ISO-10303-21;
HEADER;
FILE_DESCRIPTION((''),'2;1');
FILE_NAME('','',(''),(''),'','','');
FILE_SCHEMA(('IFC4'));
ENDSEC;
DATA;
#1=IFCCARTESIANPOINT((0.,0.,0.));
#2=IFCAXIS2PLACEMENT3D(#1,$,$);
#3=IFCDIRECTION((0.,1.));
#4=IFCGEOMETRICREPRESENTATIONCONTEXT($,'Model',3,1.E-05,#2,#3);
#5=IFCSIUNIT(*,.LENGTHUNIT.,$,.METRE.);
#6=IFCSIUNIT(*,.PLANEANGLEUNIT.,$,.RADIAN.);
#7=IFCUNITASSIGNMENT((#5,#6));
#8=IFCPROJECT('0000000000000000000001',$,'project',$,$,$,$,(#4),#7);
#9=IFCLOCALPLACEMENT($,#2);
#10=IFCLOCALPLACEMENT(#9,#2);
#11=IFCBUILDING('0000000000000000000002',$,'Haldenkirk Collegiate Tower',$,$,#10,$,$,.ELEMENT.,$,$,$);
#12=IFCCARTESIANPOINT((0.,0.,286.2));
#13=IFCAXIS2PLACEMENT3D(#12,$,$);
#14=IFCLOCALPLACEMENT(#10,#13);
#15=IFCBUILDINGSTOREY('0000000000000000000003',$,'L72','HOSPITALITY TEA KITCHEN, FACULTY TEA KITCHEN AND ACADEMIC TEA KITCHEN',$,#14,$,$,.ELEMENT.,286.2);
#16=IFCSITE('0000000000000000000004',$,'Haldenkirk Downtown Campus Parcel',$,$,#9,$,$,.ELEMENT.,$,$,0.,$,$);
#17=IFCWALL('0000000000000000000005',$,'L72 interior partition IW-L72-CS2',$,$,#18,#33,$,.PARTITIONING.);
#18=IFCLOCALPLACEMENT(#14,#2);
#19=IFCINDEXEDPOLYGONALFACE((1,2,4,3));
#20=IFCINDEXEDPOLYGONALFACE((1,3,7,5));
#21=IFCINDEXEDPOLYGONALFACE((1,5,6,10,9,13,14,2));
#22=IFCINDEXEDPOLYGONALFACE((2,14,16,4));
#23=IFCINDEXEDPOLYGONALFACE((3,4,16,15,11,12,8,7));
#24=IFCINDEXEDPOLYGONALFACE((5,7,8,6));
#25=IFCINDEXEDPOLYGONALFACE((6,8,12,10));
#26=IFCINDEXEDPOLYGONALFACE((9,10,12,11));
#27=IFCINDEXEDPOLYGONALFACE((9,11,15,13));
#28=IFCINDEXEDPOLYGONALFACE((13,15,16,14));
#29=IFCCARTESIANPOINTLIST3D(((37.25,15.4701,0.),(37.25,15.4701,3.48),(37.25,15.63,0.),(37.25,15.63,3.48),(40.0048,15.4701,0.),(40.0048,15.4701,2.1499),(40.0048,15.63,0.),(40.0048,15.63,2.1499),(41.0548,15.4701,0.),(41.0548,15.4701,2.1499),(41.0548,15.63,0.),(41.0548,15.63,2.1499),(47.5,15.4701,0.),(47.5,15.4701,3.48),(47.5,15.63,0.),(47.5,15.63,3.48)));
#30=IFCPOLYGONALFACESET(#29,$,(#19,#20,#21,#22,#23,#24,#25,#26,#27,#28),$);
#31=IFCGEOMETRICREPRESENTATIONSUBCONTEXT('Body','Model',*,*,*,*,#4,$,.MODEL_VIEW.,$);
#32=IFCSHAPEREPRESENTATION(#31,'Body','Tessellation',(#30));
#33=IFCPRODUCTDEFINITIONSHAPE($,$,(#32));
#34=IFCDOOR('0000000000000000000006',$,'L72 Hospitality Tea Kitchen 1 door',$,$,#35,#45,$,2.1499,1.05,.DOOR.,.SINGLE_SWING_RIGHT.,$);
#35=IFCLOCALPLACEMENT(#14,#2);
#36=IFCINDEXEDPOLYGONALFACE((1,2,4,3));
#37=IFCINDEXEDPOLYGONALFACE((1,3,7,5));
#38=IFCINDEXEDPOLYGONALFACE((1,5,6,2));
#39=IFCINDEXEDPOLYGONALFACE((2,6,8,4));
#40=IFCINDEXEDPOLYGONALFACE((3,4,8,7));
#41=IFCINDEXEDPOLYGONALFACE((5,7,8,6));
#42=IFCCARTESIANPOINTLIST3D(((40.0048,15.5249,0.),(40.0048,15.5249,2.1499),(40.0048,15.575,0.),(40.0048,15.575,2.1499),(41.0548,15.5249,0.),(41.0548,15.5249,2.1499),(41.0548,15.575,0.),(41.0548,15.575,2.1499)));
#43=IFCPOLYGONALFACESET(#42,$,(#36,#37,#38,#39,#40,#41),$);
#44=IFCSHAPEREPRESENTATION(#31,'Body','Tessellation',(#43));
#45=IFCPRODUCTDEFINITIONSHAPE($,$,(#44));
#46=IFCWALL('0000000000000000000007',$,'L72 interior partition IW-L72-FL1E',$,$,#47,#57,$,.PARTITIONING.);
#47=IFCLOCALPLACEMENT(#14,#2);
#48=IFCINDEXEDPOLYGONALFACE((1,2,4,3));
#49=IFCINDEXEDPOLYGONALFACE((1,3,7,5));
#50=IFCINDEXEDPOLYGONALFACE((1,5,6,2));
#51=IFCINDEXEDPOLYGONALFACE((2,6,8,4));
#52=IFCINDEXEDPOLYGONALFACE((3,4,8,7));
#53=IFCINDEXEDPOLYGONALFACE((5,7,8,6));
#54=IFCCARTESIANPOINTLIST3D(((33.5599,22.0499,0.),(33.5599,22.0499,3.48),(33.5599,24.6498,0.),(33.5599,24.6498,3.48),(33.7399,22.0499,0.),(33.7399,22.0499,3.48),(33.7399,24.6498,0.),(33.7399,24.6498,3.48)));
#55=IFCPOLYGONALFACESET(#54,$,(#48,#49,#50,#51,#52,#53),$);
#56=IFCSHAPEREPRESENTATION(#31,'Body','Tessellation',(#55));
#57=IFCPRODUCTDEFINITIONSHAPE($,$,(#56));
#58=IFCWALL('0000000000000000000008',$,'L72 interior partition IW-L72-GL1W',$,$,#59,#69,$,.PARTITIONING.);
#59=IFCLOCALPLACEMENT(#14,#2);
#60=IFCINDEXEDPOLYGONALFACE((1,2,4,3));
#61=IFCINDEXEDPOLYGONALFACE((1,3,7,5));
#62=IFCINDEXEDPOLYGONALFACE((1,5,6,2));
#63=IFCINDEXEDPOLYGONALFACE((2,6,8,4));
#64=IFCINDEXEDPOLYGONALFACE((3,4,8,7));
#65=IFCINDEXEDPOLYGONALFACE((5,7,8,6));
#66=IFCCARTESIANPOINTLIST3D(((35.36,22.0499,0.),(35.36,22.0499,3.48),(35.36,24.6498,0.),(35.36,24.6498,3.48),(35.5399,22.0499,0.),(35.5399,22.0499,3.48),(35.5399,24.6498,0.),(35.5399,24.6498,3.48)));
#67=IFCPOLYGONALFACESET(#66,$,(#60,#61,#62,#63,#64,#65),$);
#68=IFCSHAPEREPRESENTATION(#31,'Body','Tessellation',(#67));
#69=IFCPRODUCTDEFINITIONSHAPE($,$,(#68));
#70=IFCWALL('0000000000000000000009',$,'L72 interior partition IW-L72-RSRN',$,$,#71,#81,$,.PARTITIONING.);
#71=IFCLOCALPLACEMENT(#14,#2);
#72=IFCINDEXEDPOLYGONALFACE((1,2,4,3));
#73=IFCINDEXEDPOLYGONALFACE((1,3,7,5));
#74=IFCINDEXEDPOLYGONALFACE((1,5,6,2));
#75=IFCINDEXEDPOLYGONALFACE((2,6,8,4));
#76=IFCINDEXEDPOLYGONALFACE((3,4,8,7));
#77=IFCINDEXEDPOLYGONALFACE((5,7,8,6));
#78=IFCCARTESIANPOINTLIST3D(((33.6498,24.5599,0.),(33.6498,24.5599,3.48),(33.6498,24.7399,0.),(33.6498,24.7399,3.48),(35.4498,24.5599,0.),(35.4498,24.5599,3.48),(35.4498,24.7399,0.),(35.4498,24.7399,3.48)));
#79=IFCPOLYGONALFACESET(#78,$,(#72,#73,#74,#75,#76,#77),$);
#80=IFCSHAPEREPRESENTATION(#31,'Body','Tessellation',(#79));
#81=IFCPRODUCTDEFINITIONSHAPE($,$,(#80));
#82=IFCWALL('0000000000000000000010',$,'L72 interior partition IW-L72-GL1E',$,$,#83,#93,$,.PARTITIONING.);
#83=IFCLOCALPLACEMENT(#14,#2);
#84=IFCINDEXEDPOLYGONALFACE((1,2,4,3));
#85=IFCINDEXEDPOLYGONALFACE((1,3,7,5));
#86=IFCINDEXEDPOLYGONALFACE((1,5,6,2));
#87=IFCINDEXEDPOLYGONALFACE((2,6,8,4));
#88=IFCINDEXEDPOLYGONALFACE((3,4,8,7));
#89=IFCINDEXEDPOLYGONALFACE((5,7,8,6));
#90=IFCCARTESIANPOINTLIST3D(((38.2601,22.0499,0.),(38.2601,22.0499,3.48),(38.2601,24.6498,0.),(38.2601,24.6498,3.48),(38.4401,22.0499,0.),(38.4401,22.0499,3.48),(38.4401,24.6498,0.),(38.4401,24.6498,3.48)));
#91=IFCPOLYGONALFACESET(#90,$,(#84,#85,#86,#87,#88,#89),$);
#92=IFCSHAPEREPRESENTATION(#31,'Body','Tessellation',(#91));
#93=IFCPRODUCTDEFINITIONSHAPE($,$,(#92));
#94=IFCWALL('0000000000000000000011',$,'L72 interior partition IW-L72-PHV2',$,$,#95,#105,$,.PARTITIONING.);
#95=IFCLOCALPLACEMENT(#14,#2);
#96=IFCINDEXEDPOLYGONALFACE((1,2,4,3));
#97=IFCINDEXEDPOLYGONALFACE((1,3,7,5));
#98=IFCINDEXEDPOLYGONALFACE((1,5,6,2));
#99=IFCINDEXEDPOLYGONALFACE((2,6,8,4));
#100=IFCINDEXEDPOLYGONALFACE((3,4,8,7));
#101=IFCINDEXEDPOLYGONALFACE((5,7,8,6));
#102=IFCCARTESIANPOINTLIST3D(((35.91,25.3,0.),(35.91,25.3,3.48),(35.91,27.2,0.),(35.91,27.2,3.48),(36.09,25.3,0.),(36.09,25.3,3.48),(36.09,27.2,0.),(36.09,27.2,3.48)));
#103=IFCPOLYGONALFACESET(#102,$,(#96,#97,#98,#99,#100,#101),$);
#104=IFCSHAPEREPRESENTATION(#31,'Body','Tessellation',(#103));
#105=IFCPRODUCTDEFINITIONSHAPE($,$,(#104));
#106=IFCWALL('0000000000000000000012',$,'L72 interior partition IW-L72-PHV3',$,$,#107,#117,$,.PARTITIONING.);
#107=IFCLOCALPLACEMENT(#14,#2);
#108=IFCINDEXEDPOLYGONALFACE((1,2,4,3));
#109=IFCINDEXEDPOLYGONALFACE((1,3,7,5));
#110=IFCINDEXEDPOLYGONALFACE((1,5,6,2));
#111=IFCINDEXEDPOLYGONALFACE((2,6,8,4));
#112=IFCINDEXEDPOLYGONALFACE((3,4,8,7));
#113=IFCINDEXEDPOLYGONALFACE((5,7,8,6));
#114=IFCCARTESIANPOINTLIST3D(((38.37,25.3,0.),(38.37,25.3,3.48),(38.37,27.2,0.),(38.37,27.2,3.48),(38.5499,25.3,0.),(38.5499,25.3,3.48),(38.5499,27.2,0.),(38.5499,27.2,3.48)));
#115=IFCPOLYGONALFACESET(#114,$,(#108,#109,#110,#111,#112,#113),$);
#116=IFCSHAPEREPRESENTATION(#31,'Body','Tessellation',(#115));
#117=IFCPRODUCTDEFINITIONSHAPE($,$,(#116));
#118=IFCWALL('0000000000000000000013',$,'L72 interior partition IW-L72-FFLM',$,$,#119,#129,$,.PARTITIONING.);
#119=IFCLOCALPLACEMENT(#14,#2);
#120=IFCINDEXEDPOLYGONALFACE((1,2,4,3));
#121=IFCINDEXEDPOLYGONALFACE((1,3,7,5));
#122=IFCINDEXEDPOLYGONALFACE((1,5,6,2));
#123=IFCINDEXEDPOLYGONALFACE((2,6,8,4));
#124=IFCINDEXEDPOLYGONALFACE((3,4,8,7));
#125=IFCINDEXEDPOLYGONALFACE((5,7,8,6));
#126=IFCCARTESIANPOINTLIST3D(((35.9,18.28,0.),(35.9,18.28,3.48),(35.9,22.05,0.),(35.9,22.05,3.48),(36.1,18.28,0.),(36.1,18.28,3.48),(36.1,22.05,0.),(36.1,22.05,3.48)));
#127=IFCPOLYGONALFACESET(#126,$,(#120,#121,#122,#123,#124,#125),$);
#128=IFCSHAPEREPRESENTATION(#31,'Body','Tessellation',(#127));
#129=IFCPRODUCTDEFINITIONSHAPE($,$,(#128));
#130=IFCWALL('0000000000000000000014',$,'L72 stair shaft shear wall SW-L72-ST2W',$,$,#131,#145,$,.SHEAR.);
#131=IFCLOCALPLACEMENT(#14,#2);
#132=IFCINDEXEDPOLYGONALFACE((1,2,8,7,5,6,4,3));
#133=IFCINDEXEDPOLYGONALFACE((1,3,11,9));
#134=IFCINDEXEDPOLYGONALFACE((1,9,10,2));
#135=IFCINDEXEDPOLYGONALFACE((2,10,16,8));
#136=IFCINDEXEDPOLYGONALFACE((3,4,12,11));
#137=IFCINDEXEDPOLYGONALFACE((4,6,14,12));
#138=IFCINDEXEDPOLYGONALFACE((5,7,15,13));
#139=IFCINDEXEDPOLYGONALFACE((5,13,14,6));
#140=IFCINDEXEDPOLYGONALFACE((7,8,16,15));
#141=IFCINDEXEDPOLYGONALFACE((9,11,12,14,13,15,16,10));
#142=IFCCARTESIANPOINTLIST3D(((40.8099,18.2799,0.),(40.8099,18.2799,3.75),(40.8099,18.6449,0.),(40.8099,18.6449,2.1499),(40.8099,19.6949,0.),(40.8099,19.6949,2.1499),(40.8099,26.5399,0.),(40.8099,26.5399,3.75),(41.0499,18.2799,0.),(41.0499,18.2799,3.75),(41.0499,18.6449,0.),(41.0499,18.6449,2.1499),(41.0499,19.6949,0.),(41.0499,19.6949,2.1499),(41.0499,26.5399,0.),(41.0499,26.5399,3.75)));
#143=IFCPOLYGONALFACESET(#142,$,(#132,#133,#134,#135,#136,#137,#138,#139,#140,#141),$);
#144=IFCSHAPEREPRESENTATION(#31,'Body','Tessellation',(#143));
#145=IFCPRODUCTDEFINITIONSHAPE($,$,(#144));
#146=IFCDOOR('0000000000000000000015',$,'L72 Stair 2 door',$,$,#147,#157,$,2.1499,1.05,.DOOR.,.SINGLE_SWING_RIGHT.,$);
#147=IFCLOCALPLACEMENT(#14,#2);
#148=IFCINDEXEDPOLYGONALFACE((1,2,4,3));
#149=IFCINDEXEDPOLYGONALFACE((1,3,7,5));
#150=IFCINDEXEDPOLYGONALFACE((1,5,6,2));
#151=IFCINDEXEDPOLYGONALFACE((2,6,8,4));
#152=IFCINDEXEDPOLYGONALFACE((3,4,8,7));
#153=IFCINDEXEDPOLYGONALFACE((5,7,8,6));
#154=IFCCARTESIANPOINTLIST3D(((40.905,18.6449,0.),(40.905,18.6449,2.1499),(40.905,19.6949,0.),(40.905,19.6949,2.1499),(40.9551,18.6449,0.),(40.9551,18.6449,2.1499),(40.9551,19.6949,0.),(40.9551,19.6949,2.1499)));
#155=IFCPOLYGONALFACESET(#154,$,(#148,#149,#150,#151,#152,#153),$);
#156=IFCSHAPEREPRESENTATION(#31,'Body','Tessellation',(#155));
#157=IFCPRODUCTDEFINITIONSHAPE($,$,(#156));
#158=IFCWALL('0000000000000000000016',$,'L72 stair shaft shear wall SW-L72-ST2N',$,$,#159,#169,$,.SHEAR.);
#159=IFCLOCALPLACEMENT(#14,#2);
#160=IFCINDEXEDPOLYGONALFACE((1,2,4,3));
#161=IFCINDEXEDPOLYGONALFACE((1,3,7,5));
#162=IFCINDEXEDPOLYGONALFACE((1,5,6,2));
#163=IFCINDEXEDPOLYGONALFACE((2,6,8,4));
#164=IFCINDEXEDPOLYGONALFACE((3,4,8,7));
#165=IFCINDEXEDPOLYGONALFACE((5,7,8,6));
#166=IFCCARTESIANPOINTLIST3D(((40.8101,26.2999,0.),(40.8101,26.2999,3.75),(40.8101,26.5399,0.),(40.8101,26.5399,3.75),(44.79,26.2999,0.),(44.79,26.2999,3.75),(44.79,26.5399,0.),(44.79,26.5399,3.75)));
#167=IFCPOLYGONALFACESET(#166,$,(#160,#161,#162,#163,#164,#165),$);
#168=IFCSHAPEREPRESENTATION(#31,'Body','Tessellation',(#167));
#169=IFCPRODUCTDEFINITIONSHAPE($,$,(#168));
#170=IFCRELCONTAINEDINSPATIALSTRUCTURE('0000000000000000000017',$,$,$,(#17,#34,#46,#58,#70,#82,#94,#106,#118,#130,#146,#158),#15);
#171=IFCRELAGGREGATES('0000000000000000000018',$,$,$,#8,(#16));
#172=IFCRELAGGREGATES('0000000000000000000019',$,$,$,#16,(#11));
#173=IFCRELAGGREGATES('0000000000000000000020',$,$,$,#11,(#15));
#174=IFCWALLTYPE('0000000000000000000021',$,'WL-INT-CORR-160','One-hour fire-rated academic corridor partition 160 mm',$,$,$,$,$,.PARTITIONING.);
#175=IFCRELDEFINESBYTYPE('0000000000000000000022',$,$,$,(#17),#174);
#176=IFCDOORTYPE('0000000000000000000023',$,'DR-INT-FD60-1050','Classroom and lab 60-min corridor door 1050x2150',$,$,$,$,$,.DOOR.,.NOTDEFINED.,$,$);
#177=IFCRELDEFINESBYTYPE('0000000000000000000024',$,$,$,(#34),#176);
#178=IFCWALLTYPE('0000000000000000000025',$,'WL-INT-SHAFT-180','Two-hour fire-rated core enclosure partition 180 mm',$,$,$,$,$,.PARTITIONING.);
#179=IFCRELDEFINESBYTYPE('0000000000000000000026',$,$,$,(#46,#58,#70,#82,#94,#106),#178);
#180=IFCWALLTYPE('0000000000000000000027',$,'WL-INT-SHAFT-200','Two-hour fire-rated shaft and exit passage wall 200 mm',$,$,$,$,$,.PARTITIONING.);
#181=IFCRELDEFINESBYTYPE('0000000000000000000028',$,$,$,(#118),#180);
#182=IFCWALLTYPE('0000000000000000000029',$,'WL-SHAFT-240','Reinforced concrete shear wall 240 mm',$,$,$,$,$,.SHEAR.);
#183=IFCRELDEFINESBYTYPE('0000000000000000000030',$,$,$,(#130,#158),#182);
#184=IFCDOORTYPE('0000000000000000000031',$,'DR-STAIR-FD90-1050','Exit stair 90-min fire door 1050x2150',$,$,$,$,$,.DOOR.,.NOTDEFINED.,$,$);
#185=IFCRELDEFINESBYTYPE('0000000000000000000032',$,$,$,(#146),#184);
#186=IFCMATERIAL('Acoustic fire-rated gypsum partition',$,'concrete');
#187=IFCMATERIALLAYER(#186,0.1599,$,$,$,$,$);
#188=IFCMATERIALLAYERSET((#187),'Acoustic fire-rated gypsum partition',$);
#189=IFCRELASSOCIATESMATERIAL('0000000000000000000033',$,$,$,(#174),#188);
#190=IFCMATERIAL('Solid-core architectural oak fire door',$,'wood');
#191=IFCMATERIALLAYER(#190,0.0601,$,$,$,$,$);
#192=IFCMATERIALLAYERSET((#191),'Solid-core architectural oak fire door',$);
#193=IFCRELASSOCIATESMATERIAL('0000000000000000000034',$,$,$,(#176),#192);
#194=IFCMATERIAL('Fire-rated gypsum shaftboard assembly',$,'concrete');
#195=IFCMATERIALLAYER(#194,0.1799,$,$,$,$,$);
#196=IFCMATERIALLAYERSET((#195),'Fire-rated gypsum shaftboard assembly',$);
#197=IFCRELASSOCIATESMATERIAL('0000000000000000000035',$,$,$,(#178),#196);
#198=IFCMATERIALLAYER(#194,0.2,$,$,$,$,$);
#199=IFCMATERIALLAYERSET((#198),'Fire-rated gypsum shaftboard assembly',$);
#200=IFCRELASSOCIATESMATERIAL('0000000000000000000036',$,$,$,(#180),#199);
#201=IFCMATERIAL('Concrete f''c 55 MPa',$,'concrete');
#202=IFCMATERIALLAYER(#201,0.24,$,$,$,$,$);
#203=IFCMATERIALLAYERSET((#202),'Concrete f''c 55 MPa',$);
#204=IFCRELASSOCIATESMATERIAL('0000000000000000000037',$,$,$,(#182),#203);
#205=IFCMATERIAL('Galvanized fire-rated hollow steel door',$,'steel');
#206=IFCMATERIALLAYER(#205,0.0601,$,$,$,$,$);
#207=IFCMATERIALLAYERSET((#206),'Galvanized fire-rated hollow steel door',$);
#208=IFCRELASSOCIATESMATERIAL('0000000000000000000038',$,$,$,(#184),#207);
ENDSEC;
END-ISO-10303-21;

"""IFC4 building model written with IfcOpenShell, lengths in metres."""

from ifc_helpers import new_model, si_unit, direction, frame, frame_2d, origin, place, context, subcontext, project, spatial, rectangle, extrude, material, layer, layer_set, type_object, element, fill, save


model = new_model("IFC4")

# Units and contexts
model_context = context("Model", 3, precision=1e-05, world=origin(), true_north=direction((0.0, 1.0)))
body_context = subcontext(model_context, "Body", "Model", "MODEL_VIEW")
ifc_project = project(units=[si_unit("LENGTHUNIT", "METRE"), si_unit("PLANEANGLEUNIT", "RADIAN")], contexts=[model_context])

# Site, building, storey
site_placement = place(None, origin())
site = spatial("IfcSite", under=ifc_project, at=site_placement, Name="Haldenkirk Downtown Campus Parcel", CompositionType="ELEMENT", RefElevation=0.0)
building_placement = place(site_placement, origin())
building = spatial("IfcBuilding", under=site, at=building_placement, Name="Haldenkirk Collegiate Tower", CompositionType="ELEMENT")
storey_placement = place(building_placement, frame((0.0, 0.0, 286.2)))
storey = spatial("IfcBuildingStorey", under=building, at=storey_placement, Name="L72", Description="HOSPITALITY TEA KITCHEN, FACULTY TEA KITCHEN AND ACADEMIC TEA KITCHEN", CompositionType="ELEMENT", Elevation=286.2)

# Wall, opening, door
ifc_material_1 = material(Name="Acoustic fire-rated gypsum partition", Category="concrete")
ifc_layer_1 = layer(ifc_material_1, 0.1599)
ifc_layer_set_1 = layer_set([ifc_layer_1], Name="Acoustic fire-rated gypsum partition")
wall_type_1 = type_object("IfcWallType", Name="WL-INT-CORR-160", Description="One-hour fire-rated academic corridor partition 160 mm", PredefinedType="PARTITIONING", material=ifc_layer_set_1)
wall_1_placement = place(storey_placement, frame((37.25, 15.55, 0.0), z_axis=(0.0, 0.0, 1.0), x_axis=(1.0, 0.0, 0.0)))
wall_1 = element("IfcWall", 1, at=wall_1_placement, inside=storey, type_object=wall_type_1, Name="L72 interior partition IW-L72-CS2", PredefinedType="PARTITIONING", context=body_context, shape_type="SweptSolid", body=[
    extrude(rectangle(XDim=10.25, YDim=0.1599, at=frame_2d((5.125, 0.0))), origin(), (0.0, 0.0, 1.0), 3.48),
])
opening_1_placement = place(wall_1_placement, frame((2.7549, 0.0, 0.0)))
opening_1 = element("IfcOpeningElement", 2, at=opening_1_placement, cuts=wall_1, PredefinedType="OPENING", context=body_context, shape_type="SweptSolid", body=[
    extrude(rectangle(XDim=1.05, YDim=2.1499, at=frame_2d((0.5249, 1.075))), frame((0.0, 0.0898, 0.0), z_axis=(0.0, -1.0, 0.0), x_axis=(1.0, 0.0, 0.0)), (0.0, 0.0, 1.0), 0.1799),
])
ifc_material_2 = material(Name="Solid-core architectural oak fire door", Category="wood")
ifc_layer_2 = layer(ifc_material_2, 0.0601)
ifc_layer_set_2 = layer_set([ifc_layer_2], Name="Solid-core architectural oak fire door")
door_type_1 = type_object("IfcDoorType", Name="DR-INT-FD60-1050", Description="Classroom and lab 60-min corridor door 1050x2150", OperationType="NOTDEFINED", PredefinedType="DOOR", material=ifc_layer_set_2)
door_1_placement = place(opening_1_placement, origin())
door_1 = element("IfcDoor", 3, at=door_1_placement, inside=storey, type_object=door_type_1, Name="L72 Hospitality Tea Kitchen 1 door", OperationType="SINGLE_SWING_RIGHT", OverallHeight=2.1499, OverallWidth=1.05, PredefinedType="DOOR", context=body_context, shape_type="SweptSolid", body=[
    extrude(rectangle(XDim=1.05, YDim=2.1499, at=frame_2d((0.5249, 1.075))), frame((0.0, 0.0249, 0.0), z_axis=(0.0, -1.0, 0.0), x_axis=(1.0, 0.0, 0.0)), (0.0, 0.0, 1.0), 0.05),
])
fill(opening_1, door_1)

# Walls
ifc_material_3 = material(Name="Fire-rated gypsum shaftboard assembly", Category="concrete")
ifc_layer_3 = layer(ifc_material_3, 0.1799)
ifc_layer_set_3 = layer_set([ifc_layer_3], Name="Fire-rated gypsum shaftboard assembly")
wall_type_2 = type_object("IfcWallType", Name="WL-INT-SHAFT-180", Description="Two-hour fire-rated core enclosure partition 180 mm", PredefinedType="PARTITIONING", material=ifc_layer_set_3)
for number, where, z_axis, x_axis, name in (
    (4, (33.6499, 22.05, 0.0), (0.0, 0.0, 1.0), (0.0, 1.0, 0.0), "L72 interior partition IW-L72-FL1E"),
    (5, (35.45, 22.05, 0.0), (0.0, 0.0, 1.0), (0.0, 1.0, 0.0), "L72 interior partition IW-L72-GL1W"),
):
    element("IfcWall", number, at=place(storey_placement, frame(where, z_axis=z_axis, x_axis=x_axis)), inside=storey, type_object=wall_type_2, Name=name, PredefinedType="PARTITIONING", context=body_context, shape_type="SweptSolid", body=[
        extrude(rectangle(XDim=2.5999, YDim=0.1799, at=frame_2d((1.2998, 0.0))), origin(), (0.0, 0.0, 1.0), 3.48),
    ])
wall_2_placement = place(storey_placement, frame((33.6499, 24.6499, 0.0), z_axis=(0.0, 0.0, 1.0), x_axis=(1.0, 0.0, 0.0)))
element("IfcWall", 6, at=wall_2_placement, inside=storey, type_object=wall_type_2, Name="L72 interior partition IW-L72-RSRN", PredefinedType="PARTITIONING", context=body_context, shape_type="SweptSolid", body=[
    extrude(rectangle(XDim=1.8, YDim=0.1799, at=frame_2d((0.8999, 0.0))), origin(), (0.0, 0.0, 1.0), 3.48),
])
wall_3_placement = place(storey_placement, frame((38.3501, 22.05, 0.0), z_axis=(0.0, 0.0, 1.0), x_axis=(0.0, 1.0, 0.0)))
element("IfcWall", 7, at=wall_3_placement, inside=storey, type_object=wall_type_2, Name="L72 interior partition IW-L72-GL1E", PredefinedType="PARTITIONING", context=body_context, shape_type="SweptSolid", body=[
    extrude(rectangle(XDim=2.5999, YDim=0.1799, at=frame_2d((1.2998, 0.0))), origin(), (0.0, 0.0, 1.0), 3.48),
])
for number, where, z_axis, x_axis, name in (
    (8, (36.0, 25.3, 0.0), (0.0, 0.0, 1.0), (0.0, 1.0, 0.0), "L72 interior partition IW-L72-PHV2"),
    (9, (38.46, 25.3, 0.0), (0.0, 0.0, 1.0), (0.0, 1.0, 0.0), "L72 interior partition IW-L72-PHV3"),
):
    element("IfcWall", number, at=place(storey_placement, frame(where, z_axis=z_axis, x_axis=x_axis)), inside=storey, type_object=wall_type_2, Name=name, PredefinedType="PARTITIONING", context=body_context, shape_type="SweptSolid", body=[
        extrude(rectangle(XDim=1.8999, YDim=0.1799, at=frame_2d((0.95, 0.0))), origin(), (0.0, 0.0, 1.0), 3.48),
    ])
ifc_layer_4 = layer(ifc_material_3, 0.2)
ifc_layer_set_4 = layer_set([ifc_layer_4], Name="Fire-rated gypsum shaftboard assembly")
wall_type_3 = type_object("IfcWallType", Name="WL-INT-SHAFT-200", Description="Two-hour fire-rated shaft and exit passage wall 200 mm", PredefinedType="PARTITIONING", material=ifc_layer_set_4)
wall_4_placement = place(storey_placement, frame((36.0, 18.28, 0.0), z_axis=(0.0, 0.0, 1.0), x_axis=(0.0, 1.0, 0.0)))
element("IfcWall", 10, at=wall_4_placement, inside=storey, type_object=wall_type_3, Name="L72 interior partition IW-L72-FFLM", PredefinedType="PARTITIONING", context=body_context, shape_type="SweptSolid", body=[
    extrude(rectangle(XDim=3.77, YDim=0.2, at=frame_2d((1.885, 0.0))), origin(), (0.0, 0.0, 1.0), 3.48),
])

# Wall, opening, door
ifc_material_4 = material(Name="Concrete f'c 55 MPa", Category="concrete")
ifc_layer_5 = layer(ifc_material_4, 0.24)
ifc_layer_set_5 = layer_set([ifc_layer_5], Name="Concrete f'c 55 MPa")
wall_type_4 = type_object("IfcWallType", Name="WL-SHAFT-240", Description="Reinforced concrete shear wall 240 mm", PredefinedType="SHEAR", material=ifc_layer_set_5)
wall_5_placement = place(storey_placement, frame((40.9299, 18.28, 0.0), z_axis=(0.0, 0.0, 1.0), x_axis=(0.0, 1.0, 0.0)))
wall_5 = element("IfcWall", 11, at=wall_5_placement, inside=storey, type_object=wall_type_4, Name="L72 stair shaft shear wall SW-L72-ST2W", PredefinedType="SHEAR", context=body_context, shape_type="SweptSolid", body=[
    extrude(rectangle(XDim=8.26, YDim=0.24, at=frame_2d((4.1299, 0.0))), origin(), (0.0, 0.0, 1.0), 3.75),
])
opening_2_placement = place(wall_5_placement, frame((0.365, 0.0, 0.0)))
opening_2 = element("IfcOpeningElement", 12, at=opening_2_placement, cuts=wall_5, PredefinedType="OPENING", context=body_context, shape_type="SweptSolid", body=[
    extrude(rectangle(XDim=1.05, YDim=2.1499, at=frame_2d((0.5249, 1.075))), frame((0.0, 0.1299, 0.0), z_axis=(0.0, -1.0, 0.0), x_axis=(1.0, 0.0, 0.0)), (0.0, 0.0, 1.0), 0.26),
])
ifc_material_5 = material(Name="Galvanized fire-rated hollow steel door", Category="steel")
ifc_layer_6 = layer(ifc_material_5, 0.0601)
ifc_layer_set_6 = layer_set([ifc_layer_6], Name="Galvanized fire-rated hollow steel door")
door_type_2 = type_object("IfcDoorType", Name="DR-STAIR-FD90-1050", Description="Exit stair 90-min fire door 1050x2150", OperationType="NOTDEFINED", PredefinedType="DOOR", material=ifc_layer_set_6)
door_2_placement = place(opening_2_placement, origin())
door_2 = element("IfcDoor", 13, at=door_2_placement, inside=storey, type_object=door_type_2, Name="L72 Stair 2 door", OperationType="SINGLE_SWING_RIGHT", OverallHeight=2.1499, OverallWidth=1.05, PredefinedType="DOOR", context=body_context, shape_type="SweptSolid", body=[
    extrude(rectangle(XDim=1.05, YDim=2.1499, at=frame_2d((0.5249, 1.075))), frame((0.0, 0.0249, 0.0), z_axis=(0.0, -1.0, 0.0), x_axis=(1.0, 0.0, 0.0)), (0.0, 0.0, 1.0), 0.05),
])
fill(opening_2, door_2)

# Wall
wall_6_placement = place(storey_placement, frame((40.8101, 26.4199, 0.0), z_axis=(0.0, 0.0, 1.0), x_axis=(1.0, 0.0, 0.0)))
element("IfcWall", 14, at=wall_6_placement, inside=storey, type_object=wall_type_4, Name="L72 stair shaft shear wall SW-L72-ST2N", PredefinedType="SHEAR", context=body_context, shape_type="SweptSolid", body=[
    extrude(rectangle(XDim=3.98, YDim=0.24, at=frame_2d((1.99, 0.0))), origin(), (0.0, 0.0, 1.0), 3.75),
])

save(model, "model.ifc")
